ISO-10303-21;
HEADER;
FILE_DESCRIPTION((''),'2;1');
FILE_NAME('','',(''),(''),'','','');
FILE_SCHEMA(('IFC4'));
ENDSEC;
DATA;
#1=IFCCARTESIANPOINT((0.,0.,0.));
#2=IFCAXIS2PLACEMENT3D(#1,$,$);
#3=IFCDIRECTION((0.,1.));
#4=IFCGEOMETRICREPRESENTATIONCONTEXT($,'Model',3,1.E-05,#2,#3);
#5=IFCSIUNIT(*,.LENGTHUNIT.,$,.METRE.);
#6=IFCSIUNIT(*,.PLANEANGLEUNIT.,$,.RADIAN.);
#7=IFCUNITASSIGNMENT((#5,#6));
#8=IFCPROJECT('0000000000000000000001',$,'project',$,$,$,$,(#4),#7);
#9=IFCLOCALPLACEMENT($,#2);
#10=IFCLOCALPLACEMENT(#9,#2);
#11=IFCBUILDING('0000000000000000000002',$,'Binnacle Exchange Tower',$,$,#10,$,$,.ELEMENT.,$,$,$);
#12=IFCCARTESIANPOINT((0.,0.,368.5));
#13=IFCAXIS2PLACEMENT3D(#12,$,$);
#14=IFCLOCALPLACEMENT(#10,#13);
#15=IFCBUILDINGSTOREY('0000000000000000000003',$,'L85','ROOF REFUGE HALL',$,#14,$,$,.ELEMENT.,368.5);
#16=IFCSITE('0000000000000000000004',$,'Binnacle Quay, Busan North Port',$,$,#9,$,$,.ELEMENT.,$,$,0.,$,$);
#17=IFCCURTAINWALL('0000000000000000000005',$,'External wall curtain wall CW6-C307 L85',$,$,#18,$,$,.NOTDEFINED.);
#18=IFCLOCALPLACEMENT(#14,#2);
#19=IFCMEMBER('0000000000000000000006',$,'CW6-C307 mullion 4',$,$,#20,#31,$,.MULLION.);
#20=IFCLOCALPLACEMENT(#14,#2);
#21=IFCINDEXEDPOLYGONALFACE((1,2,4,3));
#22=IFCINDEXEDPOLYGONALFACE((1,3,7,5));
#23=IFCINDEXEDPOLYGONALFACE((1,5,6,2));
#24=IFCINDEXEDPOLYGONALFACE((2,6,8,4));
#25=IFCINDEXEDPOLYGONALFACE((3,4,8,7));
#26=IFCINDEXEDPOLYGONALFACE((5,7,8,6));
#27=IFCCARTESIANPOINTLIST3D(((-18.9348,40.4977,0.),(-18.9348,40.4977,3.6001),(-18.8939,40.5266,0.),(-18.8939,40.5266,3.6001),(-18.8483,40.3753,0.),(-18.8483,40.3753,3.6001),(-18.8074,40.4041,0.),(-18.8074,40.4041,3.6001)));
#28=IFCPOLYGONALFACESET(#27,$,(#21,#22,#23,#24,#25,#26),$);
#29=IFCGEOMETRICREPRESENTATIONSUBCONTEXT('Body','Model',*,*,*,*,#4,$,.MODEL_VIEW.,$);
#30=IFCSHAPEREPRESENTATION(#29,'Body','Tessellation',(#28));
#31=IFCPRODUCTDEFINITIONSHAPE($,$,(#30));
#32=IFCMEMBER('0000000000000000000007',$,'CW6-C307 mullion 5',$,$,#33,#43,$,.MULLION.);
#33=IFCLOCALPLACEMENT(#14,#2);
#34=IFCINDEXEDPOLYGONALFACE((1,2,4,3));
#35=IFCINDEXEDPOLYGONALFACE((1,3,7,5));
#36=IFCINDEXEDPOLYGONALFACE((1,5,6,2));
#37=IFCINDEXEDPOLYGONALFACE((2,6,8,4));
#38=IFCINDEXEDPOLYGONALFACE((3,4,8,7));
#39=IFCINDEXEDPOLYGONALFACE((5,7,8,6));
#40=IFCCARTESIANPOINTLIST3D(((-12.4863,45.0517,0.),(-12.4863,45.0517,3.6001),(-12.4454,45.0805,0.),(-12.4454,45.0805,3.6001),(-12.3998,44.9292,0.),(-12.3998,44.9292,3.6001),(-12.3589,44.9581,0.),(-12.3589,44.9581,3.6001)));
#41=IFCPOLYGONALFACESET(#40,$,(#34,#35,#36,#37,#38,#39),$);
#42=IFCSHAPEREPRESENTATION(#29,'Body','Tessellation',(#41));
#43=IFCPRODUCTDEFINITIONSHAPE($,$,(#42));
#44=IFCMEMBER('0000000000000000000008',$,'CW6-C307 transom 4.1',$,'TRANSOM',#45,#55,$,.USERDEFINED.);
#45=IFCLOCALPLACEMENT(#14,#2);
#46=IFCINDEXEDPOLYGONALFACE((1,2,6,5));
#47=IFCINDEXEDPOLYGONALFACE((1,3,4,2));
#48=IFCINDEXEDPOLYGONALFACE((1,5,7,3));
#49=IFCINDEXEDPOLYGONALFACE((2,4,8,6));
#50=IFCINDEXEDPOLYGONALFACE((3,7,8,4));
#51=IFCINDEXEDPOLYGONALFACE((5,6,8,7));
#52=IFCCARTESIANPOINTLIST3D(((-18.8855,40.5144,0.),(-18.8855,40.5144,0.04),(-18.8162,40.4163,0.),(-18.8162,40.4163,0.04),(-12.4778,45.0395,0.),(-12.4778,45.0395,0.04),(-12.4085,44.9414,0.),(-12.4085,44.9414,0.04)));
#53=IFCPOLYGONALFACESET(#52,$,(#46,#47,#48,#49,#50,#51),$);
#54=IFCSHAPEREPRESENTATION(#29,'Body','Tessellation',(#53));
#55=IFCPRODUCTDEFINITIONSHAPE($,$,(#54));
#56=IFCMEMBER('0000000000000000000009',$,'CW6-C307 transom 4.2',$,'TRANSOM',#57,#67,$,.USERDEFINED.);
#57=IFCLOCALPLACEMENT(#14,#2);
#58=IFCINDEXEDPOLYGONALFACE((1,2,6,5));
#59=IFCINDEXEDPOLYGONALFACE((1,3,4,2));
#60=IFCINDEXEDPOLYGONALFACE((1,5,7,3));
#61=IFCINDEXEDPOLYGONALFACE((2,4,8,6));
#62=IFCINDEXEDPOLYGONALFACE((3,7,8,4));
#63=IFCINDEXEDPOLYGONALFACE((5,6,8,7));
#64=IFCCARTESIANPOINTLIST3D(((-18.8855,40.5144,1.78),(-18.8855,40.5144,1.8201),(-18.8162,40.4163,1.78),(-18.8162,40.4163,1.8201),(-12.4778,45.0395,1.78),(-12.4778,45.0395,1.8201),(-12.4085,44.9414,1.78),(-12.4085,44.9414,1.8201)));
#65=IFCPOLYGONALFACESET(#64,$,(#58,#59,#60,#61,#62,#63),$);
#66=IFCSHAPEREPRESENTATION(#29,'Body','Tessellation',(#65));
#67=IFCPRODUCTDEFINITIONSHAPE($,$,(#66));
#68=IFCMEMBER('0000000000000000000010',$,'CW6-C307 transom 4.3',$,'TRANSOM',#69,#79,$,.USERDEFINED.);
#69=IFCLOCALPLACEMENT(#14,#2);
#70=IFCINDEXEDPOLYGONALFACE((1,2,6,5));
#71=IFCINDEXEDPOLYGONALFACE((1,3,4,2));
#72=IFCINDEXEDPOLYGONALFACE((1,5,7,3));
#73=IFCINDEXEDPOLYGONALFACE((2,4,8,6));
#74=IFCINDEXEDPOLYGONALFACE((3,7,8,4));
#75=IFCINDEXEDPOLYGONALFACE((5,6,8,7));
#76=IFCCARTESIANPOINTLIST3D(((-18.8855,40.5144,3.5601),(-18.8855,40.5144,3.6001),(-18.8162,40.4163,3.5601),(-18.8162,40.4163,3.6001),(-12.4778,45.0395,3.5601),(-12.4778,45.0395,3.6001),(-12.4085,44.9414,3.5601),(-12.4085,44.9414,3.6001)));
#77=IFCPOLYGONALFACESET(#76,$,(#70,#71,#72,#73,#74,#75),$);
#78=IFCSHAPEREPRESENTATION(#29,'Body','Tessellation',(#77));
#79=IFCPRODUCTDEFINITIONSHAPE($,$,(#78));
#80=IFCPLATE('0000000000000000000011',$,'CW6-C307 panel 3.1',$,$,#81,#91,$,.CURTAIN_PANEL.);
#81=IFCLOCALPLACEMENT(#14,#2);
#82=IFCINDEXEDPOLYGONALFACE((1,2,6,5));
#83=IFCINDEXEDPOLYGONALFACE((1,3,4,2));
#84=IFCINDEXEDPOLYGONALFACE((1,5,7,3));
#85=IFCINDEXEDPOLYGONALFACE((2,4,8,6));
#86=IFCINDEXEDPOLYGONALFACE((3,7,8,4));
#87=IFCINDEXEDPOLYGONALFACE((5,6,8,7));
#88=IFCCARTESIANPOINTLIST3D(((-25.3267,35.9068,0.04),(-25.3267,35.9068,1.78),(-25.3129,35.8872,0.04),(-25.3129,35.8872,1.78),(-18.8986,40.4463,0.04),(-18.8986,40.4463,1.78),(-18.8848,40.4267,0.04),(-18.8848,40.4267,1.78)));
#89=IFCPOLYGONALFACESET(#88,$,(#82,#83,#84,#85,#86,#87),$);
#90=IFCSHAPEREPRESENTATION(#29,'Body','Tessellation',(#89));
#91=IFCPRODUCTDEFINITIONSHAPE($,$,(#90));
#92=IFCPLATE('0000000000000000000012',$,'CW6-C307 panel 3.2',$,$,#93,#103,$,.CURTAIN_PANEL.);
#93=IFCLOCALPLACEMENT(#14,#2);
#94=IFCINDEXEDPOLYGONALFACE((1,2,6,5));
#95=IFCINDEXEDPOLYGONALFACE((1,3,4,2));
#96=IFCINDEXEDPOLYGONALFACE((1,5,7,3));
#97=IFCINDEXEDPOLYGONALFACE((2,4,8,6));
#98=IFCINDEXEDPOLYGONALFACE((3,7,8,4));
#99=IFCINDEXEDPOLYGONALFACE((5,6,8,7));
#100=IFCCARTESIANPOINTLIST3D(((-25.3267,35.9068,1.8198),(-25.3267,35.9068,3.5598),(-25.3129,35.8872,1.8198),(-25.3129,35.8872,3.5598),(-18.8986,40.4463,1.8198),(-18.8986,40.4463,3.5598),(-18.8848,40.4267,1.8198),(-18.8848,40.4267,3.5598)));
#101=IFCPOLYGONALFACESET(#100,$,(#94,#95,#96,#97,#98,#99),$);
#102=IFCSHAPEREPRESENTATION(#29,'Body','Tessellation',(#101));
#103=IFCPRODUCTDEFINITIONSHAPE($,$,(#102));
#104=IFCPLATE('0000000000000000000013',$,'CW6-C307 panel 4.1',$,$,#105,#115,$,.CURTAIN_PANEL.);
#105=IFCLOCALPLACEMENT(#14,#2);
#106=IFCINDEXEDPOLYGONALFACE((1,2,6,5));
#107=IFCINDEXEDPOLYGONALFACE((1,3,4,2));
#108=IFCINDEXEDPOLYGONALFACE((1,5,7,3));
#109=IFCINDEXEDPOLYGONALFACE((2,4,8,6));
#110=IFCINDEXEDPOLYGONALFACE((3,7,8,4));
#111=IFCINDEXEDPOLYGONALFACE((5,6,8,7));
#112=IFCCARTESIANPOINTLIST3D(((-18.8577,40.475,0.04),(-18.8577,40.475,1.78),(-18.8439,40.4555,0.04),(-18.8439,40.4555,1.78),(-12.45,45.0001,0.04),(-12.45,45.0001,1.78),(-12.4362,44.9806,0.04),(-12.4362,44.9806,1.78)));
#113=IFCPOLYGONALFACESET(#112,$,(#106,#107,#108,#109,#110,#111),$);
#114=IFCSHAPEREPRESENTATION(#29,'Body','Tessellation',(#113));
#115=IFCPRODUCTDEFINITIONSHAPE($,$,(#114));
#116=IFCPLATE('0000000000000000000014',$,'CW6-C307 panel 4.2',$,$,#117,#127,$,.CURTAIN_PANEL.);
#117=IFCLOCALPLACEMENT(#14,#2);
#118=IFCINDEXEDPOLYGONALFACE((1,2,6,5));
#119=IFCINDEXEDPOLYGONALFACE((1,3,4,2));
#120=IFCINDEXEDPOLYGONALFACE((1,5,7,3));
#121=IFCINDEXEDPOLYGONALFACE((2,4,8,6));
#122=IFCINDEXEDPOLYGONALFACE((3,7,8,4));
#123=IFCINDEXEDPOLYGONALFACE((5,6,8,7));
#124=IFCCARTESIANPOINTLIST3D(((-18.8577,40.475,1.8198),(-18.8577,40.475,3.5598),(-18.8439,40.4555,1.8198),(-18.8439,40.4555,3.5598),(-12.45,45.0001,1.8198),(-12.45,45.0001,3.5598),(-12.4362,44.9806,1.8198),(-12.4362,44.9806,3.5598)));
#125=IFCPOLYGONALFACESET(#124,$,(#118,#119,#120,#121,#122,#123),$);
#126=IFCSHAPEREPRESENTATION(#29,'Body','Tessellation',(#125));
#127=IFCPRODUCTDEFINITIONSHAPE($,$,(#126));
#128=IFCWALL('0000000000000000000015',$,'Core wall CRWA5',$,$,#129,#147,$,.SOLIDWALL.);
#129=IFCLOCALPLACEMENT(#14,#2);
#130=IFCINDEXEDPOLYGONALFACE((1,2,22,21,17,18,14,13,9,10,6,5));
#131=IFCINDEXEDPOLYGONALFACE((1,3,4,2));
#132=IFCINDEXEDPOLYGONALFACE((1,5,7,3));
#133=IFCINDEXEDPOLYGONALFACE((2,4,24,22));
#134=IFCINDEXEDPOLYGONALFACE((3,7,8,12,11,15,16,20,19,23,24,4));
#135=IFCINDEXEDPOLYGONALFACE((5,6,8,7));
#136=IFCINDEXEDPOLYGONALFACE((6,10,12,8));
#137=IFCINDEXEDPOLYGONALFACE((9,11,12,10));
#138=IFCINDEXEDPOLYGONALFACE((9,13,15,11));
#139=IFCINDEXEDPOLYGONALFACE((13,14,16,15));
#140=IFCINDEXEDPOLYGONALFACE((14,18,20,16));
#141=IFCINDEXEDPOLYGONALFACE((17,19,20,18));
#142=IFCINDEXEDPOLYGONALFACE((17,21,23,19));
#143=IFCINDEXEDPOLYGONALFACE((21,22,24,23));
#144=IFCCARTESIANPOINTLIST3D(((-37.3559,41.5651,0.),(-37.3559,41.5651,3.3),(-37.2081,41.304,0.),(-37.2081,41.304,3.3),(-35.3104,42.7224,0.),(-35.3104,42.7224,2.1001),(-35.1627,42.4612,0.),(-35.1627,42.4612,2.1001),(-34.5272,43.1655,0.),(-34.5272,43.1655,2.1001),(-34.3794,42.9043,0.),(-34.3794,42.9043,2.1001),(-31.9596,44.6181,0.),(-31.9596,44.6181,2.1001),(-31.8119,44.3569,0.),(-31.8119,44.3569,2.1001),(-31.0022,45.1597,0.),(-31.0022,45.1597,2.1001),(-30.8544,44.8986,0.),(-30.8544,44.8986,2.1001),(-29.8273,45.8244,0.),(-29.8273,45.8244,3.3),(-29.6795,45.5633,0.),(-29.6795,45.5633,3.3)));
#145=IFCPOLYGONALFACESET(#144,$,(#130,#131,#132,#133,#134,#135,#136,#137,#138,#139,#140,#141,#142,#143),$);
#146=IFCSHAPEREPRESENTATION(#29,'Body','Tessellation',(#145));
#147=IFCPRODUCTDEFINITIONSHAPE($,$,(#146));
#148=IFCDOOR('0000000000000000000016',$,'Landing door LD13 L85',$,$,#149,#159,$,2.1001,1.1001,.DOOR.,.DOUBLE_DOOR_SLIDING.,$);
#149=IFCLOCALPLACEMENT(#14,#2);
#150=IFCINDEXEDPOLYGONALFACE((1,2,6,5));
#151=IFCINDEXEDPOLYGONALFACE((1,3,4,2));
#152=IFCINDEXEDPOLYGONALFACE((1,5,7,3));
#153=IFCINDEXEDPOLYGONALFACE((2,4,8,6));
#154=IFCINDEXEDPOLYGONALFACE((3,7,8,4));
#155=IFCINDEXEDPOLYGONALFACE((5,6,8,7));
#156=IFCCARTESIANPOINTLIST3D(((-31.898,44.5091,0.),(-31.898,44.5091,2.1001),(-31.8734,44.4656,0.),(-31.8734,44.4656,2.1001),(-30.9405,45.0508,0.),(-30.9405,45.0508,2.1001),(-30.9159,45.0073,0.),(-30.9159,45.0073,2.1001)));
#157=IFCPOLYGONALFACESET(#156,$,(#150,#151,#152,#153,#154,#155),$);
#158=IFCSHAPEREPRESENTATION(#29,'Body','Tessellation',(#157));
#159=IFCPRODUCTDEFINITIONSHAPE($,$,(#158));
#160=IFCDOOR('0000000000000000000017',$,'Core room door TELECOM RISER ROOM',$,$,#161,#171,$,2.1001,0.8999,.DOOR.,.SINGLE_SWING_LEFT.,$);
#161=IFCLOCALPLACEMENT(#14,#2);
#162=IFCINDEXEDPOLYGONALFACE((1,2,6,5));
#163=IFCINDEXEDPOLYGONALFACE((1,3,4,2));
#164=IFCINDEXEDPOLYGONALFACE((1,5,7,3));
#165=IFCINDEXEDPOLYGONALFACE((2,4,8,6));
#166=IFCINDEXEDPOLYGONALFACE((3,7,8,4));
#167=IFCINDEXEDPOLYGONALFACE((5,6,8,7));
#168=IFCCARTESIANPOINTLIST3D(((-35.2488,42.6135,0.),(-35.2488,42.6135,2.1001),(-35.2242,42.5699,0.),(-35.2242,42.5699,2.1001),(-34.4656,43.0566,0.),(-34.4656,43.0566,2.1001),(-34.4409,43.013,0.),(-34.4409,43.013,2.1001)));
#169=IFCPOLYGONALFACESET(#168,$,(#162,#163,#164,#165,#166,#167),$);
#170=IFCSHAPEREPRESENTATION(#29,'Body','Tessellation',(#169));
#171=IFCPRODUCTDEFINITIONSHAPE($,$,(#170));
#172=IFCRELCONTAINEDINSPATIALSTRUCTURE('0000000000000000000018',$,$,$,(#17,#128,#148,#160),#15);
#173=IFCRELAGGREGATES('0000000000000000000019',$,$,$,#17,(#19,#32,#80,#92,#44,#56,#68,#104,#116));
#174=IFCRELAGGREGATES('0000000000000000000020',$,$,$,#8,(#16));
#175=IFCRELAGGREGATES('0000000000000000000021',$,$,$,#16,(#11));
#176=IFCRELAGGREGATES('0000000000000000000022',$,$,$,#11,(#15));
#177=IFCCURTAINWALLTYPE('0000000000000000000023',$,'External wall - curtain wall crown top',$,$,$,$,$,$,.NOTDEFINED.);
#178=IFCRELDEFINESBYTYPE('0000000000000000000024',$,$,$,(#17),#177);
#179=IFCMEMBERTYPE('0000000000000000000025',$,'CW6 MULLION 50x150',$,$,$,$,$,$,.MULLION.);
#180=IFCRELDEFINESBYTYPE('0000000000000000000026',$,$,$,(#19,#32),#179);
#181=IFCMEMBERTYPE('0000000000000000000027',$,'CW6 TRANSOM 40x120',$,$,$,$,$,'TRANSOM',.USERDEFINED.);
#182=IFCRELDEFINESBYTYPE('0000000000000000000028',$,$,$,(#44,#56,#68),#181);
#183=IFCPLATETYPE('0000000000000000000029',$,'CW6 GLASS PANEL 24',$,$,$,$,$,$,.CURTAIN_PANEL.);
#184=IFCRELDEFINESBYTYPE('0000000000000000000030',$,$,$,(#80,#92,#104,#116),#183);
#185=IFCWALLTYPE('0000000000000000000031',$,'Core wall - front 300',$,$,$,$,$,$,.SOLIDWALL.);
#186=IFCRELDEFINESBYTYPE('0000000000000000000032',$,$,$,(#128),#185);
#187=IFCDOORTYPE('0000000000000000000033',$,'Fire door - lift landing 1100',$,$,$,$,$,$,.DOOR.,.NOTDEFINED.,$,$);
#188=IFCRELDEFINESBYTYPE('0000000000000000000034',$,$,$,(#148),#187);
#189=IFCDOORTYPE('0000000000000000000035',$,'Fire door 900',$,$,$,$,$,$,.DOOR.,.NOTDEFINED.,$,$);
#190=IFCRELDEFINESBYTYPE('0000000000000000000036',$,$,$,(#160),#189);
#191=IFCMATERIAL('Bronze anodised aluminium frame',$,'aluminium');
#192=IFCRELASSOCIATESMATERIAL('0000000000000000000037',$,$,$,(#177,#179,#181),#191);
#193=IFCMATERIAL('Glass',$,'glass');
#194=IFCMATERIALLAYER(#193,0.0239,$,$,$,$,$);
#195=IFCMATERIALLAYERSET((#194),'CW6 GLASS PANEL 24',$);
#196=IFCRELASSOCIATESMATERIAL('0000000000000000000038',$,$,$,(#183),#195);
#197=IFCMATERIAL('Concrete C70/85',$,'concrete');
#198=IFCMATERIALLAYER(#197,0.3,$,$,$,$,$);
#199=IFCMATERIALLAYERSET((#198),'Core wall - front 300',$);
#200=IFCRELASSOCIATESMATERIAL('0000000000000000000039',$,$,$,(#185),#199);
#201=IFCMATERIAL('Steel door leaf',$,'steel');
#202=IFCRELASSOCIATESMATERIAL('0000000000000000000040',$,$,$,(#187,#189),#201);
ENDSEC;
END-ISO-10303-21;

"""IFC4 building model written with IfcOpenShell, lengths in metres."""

from ifc_helpers import new_model, si_unit, direction, frame, frame_2d, origin, origin_2d, place, context, subcontext, project, spatial, rectangle, extrude, material, layer, layer_set, material_profile, profile_set, type_object, element, fill, aggregate, save


model = new_model("IFC4")

# Units and contexts
model_context = context("Model", 3, precision=1e-05, world=origin(), true_north=direction((0.0, 1.0)))
body_context = subcontext(model_context, "Body", "Model", "MODEL_VIEW")
ifc_project = project(units=[si_unit("LENGTHUNIT", "METRE"), si_unit("PLANEANGLEUNIT", "RADIAN")], contexts=[model_context])

# Site, building, storey
site_placement = place(None, origin())
site = spatial("IfcSite", under=ifc_project, at=site_placement, Name="Binnacle Quay, Busan North Port", CompositionType="ELEMENT", RefElevation=0.0)
building_placement = place(site_placement, origin())
building = spatial("IfcBuilding", under=site, at=building_placement, Name="Binnacle Exchange Tower", CompositionType="ELEMENT")
storey_placement = place(building_placement, frame((0.0, 0.0, 368.5)))
storey = spatial("IfcBuildingStorey", under=building, at=storey_placement, Name="L85", Description="ROOF REFUGE HALL", CompositionType="ELEMENT", Elevation=368.5)

# Curtain wall, members, plates
ifc_material_1 = material(Name="Bronze anodised aluminium frame", Category="aluminium")
curtain_wall_type = type_object("IfcCurtainWallType", Name="External wall - curtain wall crown top", PredefinedType="NOTDEFINED", material=ifc_material_1)
curtain_wall_placement = place(storey_placement, origin())
curtain_wall = element("IfcCurtainWall", 1, at=curtain_wall_placement, inside=storey, type_object=curtain_wall_type, Name="External wall curtain wall CW6-C307 L85", PredefinedType="NOTDEFINED")
ifc_material_profile_1 = material_profile(ifc_material_1, rectangle(XDim=0.1499, YDim=0.05, at=origin_2d()), Name="AL 50x150")
ifc_profile_set_1 = profile_set([ifc_material_profile_1], Name="Bronze anodised aluminium frame")
member_type_1 = type_object("IfcMemberType", Name="CW6 MULLION 50x150", PredefinedType="MULLION", material=ifc_profile_set_1)
member_1_placement = place(storey_placement, frame((-18.8711, 40.4509, 0.0), z_axis=(0.0, 0.0, 1.0), x_axis=(-0.576854, 0.816847, 0.0)))
member_1 = element("IfcMember", 2, at=member_1_placement, type_object=member_type_1, Name="CW6-C307 mullion 4", PredefinedType="MULLION", context=body_context, shape_type="SweptSolid", body=[
    extrude(rectangle(XDim=0.1499, YDim=0.05, at=origin_2d()), origin(), (0.0, 0.0, 1.0), 3.6001),
])
member_2_placement = place(storey_placement, frame((-12.4226, 45.0049, 0.0), z_axis=(0.0, 0.0, 1.0), x_axis=(-0.576854, 0.816847, 0.0)))
member_2 = element("IfcMember", 3, at=member_2_placement, type_object=member_type_1, Name="CW6-C307 mullion 5", PredefinedType="MULLION", context=body_context, shape_type="SweptSolid", body=[
    extrude(rectangle(XDim=0.1499, YDim=0.05, at=origin_2d()), origin(), (0.0, 0.0, 1.0), 3.6001),
])
ifc_material_profile_2 = material_profile(ifc_material_1, rectangle(XDim=0.1201, YDim=0.04, at=origin_2d()), Name="AL 120x40")
ifc_profile_set_2 = profile_set([ifc_material_profile_2], Name="Bronze anodised aluminium frame")
member_type_2 = type_object("IfcMemberType", Name="CW6 TRANSOM 40x120", ElementType="TRANSOM", PredefinedType="USERDEFINED", material=ifc_profile_set_2)
member_3_placement = place(storey_placement, frame((-18.8508, 40.4653, 0.02), z_axis=(0.816845, 0.576858, 0.0), x_axis=(-0.576858, 0.816845, 0.0)))
member_3 = element("IfcMember", 4, at=member_3_placement, type_object=member_type_2, Name="CW6-C307 transom 4.1", ObjectType="TRANSOM", PredefinedType="USERDEFINED", context=body_context, shape_type="SweptSolid", body=[
    extrude(rectangle(XDim=0.1201, YDim=0.04, at=origin_2d()), origin(), (0.0, 0.0, 1.0), 7.8445),
])
member_4_placement = place(storey_placement, frame((-18.8508, 40.4653, 1.8), z_axis=(0.816845, 0.576858, 0.0), x_axis=(-0.576858, 0.816845, 0.0)))
member_4 = element("IfcMember", 5, at=member_4_placement, type_object=member_type_2, Name="CW6-C307 transom 4.2", ObjectType="TRANSOM", PredefinedType="USERDEFINED", context=body_context, shape_type="SweptSolid", body=[
    extrude(rectangle(XDim=0.1201, YDim=0.04, at=origin_2d()), origin(), (0.0, 0.0, 1.0), 7.8445),
])
member_5_placement = place(storey_placement, frame((-18.8508, 40.4653, 3.5801), z_axis=(0.816845, 0.576858, 0.0), x_axis=(-0.576858, 0.816845, 0.0)))
member_5 = element("IfcMember", 6, at=member_5_placement, type_object=member_type_2, Name="CW6-C307 transom 4.3", ObjectType="TRANSOM", PredefinedType="USERDEFINED", context=body_context, shape_type="SweptSolid", body=[
    extrude(rectangle(XDim=0.1201, YDim=0.04, at=origin_2d()), origin(), (0.0, 0.0, 1.0), 7.8445),
])
ifc_material_2 = material(Name="Glass", Category="glass")
ifc_layer_1 = layer(ifc_material_2, 0.0239)
ifc_layer_set_1 = layer_set([ifc_layer_1], Name="CW6 GLASS PANEL 24")
plate_type = type_object("IfcPlateType", Name="CW6 GLASS PANEL 24", PredefinedType="CURTAIN_PANEL", material=ifc_layer_set_1)
plate_1_placement = place(storey_placement, frame((-22.1057, 38.1667, 0.04), z_axis=(0.0, 0.0, 1.0), x_axis=(0.816847, 0.576854, 0.0)))
plate_1 = element("IfcPlate", 7, at=plate_1_placement, type_object=plate_type, Name="CW6-C307 panel 3.1", PredefinedType="CURTAIN_PANEL", context=body_context, shape_type="SweptSolid", body=[
    extrude(rectangle(XDim=7.8694, YDim=0.0239, at=origin_2d()), origin(), (0.0, 0.0, 1.0), 1.74),
])
plate_2_placement = place(storey_placement, frame((-22.1057, 38.1667, 1.8198), z_axis=(0.0, 0.0, 1.0), x_axis=(0.816847, 0.576854, 0.0)))
plate_2 = element("IfcPlate", 8, at=plate_2_placement, type_object=plate_type, Name="CW6-C307 panel 3.2", PredefinedType="CURTAIN_PANEL", context=body_context, shape_type="SweptSolid", body=[
    extrude(rectangle(XDim=7.8694, YDim=0.0239, at=origin_2d()), origin(), (0.0, 0.0, 1.0), 1.74),
])
plate_3_placement = place(storey_placement, frame((-15.647, 42.7278, 0.04), z_axis=(0.0, 0.0, 1.0), x_axis=(0.816847, 0.576854, 0.0)))
plate_3 = element("IfcPlate", 9, at=plate_3_placement, type_object=plate_type, Name="CW6-C307 panel 4.1", PredefinedType="CURTAIN_PANEL", context=body_context, shape_type="SweptSolid", body=[
    extrude(rectangle(XDim=7.8445, YDim=0.0239, at=origin_2d()), origin(), (0.0, 0.0, 1.0), 1.74),
])
plate_4_placement = place(storey_placement, frame((-15.647, 42.7278, 1.8198), z_axis=(0.0, 0.0, 1.0), x_axis=(0.816847, 0.576854, 0.0)))
plate_4 = element("IfcPlate", 10, at=plate_4_placement, type_object=plate_type, Name="CW6-C307 panel 4.2", PredefinedType="CURTAIN_PANEL", context=body_context, shape_type="SweptSolid", body=[
    extrude(rectangle(XDim=7.8445, YDim=0.0239, at=origin_2d()), origin(), (0.0, 0.0, 1.0), 1.74),
])
aggregate(curtain_wall, [member_1, member_2, plate_1, plate_2, member_3, member_4, member_5, plate_3, plate_4])

# Wall, openings, doors
ifc_material_3 = material(Name="Concrete C70/85", Category="concrete")
ifc_layer_2 = layer(ifc_material_3, 0.3)
ifc_layer_set_2 = layer_set([ifc_layer_2], Name="Core wall - front 300")
wall_type_1 = type_object("IfcWallType", Name="Core wall - front 300", PredefinedType="SOLIDWALL", material=ifc_layer_set_2)
wall_1_placement = place(storey_placement, frame((-37.282, 41.4346, 0.0), z_axis=(0.0, 0.0, 1.0), x_axis=(0.870365, 0.492408, 0.0)))
wall_1 = element("IfcWall", 11, at=wall_1_placement, inside=storey, type_object=wall_type_1, Name="Core wall CRWA5", PredefinedType="SOLIDWALL", context=body_context, shape_type="SweptSolid", body=[
    extrude(rectangle(XDim=8.6499, YDim=0.3, at=frame_2d((4.325, 0.0))), origin(), (0.0, 0.0, 1.0), 3.3),
])
opening_1_placement = place(wall_1_placement, frame((6.2, 0.0, 0.0)))
opening_1 = element("IfcOpeningElement", 12, at=opening_1_placement, cuts=wall_1, PredefinedType="OPENING", context=body_context, shape_type="SweptSolid", body=[
    extrude(rectangle(XDim=1.1001, YDim=2.1001, at=frame_2d((0.55, 1.05))), frame((0.0, 0.1599, 0.0), z_axis=(0.0, -1.0, 0.0), x_axis=(1.0, 0.0, 0.0)), (0.0, 0.0, 1.0), 0.3201),
])
opening_2_placement = place(wall_1_placement, frame((2.3501, 0.0, 0.0)))
opening_2 = element("IfcOpeningElement", 13, at=opening_2_placement, cuts=wall_1, PredefinedType="OPENING", context=body_context, shape_type="SweptSolid", body=[
    extrude(rectangle(XDim=0.8999, YDim=2.1001, at=frame_2d((0.45, 1.05))), frame((0.0, 0.1599, 0.0), z_axis=(0.0, -1.0, 0.0), x_axis=(1.0, 0.0, 0.0)), (0.0, 0.0, 1.0), 0.3201),
])
ifc_material_4 = material(Name="Steel door leaf", Category="steel")
door_type_1 = type_object("IfcDoorType", Name="Fire door - lift landing 1100", OperationType="NOTDEFINED", PredefinedType="DOOR", material=ifc_material_4)
door_1_placement = place(opening_1_placement, origin())
door_1 = element("IfcDoor", 14, at=door_1_placement, inside=storey, type_object=door_type_1, Name="Landing door LD13 L85", OperationType="DOUBLE_DOOR_SLIDING", OverallHeight=2.1001, OverallWidth=1.1001, PredefinedType="DOOR", context=body_context, shape_type="SweptSolid", body=[
    extrude(rectangle(XDim=1.1001, YDim=2.1001, at=frame_2d((0.55, 1.05))), frame((0.0, 0.0249, 0.0), z_axis=(0.0, -1.0, 0.0), x_axis=(1.0, 0.0, 0.0)), (0.0, 0.0, 1.0), 0.05),
])
fill(opening_1, door_1)
door_type_2 = type_object("IfcDoorType", Name="Fire door 900", OperationType="NOTDEFINED", PredefinedType="DOOR", material=ifc_material_4)
door_2_placement = place(opening_2_placement, origin())
door_2 = element("IfcDoor", 15, at=door_2_placement, inside=storey, type_object=door_type_2, Name="Core room door TELECOM RISER ROOM", OperationType="SINGLE_SWING_LEFT", OverallHeight=2.1001, OverallWidth=0.8999, PredefinedType="DOOR", context=body_context, shape_type="SweptSolid", body=[
    extrude(rectangle(XDim=0.8999, YDim=2.1001, at=frame_2d((0.45, 1.05))), frame((0.0, 0.0249, 0.0), z_axis=(0.0, -1.0, 0.0), x_axis=(1.0, 0.0, 0.0)), (0.0, 0.0, 1.0), 0.05),
])
fill(opening_2, door_2)

save(model, "model.ifc")
